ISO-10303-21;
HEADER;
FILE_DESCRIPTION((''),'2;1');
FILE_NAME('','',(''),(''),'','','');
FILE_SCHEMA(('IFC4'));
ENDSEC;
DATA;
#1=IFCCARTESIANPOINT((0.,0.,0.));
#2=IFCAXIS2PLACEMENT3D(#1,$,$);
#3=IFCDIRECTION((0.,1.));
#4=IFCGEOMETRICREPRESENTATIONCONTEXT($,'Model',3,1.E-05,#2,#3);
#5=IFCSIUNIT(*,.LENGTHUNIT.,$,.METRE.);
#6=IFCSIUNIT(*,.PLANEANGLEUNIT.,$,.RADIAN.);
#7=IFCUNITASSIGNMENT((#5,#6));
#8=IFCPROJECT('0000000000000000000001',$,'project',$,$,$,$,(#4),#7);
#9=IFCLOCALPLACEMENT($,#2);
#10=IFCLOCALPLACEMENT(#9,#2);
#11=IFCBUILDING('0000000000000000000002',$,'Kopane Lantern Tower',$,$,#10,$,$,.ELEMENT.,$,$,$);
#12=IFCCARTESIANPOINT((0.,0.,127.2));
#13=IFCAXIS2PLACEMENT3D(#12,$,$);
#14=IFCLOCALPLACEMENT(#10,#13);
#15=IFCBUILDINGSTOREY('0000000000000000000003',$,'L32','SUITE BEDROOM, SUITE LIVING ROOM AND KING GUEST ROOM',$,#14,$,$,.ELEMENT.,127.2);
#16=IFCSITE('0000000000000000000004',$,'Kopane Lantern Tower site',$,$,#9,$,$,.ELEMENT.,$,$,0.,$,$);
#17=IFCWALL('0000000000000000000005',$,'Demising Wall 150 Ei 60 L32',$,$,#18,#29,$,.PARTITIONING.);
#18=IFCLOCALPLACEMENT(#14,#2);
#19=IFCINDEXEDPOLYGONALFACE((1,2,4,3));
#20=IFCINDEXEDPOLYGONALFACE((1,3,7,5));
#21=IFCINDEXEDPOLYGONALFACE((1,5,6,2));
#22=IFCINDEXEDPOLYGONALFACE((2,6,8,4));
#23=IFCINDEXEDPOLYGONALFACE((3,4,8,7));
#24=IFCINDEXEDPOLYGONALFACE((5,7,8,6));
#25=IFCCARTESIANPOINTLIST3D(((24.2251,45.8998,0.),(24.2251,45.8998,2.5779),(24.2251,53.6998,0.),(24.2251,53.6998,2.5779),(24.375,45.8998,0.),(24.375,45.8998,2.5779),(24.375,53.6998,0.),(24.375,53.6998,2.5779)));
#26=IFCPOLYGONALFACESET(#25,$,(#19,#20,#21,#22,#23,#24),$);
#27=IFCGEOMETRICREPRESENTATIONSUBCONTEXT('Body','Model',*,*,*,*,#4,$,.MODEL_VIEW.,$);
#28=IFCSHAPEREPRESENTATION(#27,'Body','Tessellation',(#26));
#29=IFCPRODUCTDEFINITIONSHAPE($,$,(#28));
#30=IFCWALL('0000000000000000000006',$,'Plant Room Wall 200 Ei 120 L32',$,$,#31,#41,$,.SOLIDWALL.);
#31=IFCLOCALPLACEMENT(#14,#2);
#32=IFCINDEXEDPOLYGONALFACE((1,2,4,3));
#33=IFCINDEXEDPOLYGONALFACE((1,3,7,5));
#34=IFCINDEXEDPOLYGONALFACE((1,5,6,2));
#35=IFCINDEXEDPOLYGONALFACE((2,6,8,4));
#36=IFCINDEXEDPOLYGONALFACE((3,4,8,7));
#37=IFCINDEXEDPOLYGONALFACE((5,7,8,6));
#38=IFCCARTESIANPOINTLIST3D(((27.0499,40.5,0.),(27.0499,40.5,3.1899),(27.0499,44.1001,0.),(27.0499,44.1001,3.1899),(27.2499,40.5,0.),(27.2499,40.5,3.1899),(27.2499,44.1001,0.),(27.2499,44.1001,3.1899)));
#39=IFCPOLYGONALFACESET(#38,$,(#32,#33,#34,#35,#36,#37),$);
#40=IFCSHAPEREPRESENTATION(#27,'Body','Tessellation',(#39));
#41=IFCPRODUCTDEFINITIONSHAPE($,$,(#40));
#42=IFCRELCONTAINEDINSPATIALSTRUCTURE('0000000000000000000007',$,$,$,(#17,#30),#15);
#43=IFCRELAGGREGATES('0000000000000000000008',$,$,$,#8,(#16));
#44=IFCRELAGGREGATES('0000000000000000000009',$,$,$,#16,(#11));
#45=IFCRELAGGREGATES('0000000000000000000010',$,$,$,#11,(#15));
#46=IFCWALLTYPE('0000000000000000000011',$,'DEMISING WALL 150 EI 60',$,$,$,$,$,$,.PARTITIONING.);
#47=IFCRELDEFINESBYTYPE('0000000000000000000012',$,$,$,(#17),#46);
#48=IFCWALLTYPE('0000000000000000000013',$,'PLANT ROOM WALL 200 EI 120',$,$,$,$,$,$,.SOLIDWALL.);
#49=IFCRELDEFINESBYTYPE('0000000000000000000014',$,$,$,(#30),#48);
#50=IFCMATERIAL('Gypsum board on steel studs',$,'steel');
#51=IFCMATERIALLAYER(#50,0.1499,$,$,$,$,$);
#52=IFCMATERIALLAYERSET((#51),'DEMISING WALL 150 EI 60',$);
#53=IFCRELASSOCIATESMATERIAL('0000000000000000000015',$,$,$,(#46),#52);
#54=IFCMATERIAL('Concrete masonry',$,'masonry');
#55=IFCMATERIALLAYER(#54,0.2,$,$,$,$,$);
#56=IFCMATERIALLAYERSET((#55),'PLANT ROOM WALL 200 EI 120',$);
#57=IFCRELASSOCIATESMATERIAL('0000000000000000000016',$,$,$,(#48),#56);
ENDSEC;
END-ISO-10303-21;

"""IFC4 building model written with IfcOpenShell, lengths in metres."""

from ifc_helpers import new_model, si_unit, direction, frame, frame_2d, origin, place, context, subcontext, project, spatial, rectangle, extrude, material, layer, layer_set, type_object, element, save


model = new_model("IFC4")

# Units and contexts
model_context = context("Model", 3, precision=1e-05, world=origin(), true_north=direction((0.0, 1.0)))
body_context = subcontext(model_context, "Body", "Model", "MODEL_VIEW")
ifc_project = project(units=[si_unit("LENGTHUNIT", "METRE"), si_unit("PLANEANGLEUNIT", "RADIAN")], contexts=[model_context])

# Site, building, storey
site_placement = place(None, origin())
site = spatial("IfcSite", under=ifc_project, at=site_placement, Name="Kopane Lantern Tower site", CompositionType="ELEMENT", RefElevation=0.0)
building_placement = place(site_placement, origin())
building = spatial("IfcBuilding", under=site, at=building_placement, Name="Kopane Lantern Tower", CompositionType="ELEMENT")
storey_placement = place(building_placement, frame((0.0, 0.0, 127.2)))
storey = spatial("IfcBuildingStorey", under=building, at=storey_placement, Name="L32", Description="SUITE BEDROOM, SUITE LIVING ROOM AND KING GUEST ROOM", CompositionType="ELEMENT", Elevation=127.2)

# Walls
ifc_material_1 = material(Name="Gypsum board on steel studs", Category="steel")
ifc_layer_1 = layer(ifc_material_1, 0.1499)
ifc_layer_set_1 = layer_set([ifc_layer_1], Name="DEMISING WALL 150 EI 60")
wall_type_1 = type_object("IfcWallType", Name="DEMISING WALL 150 EI 60", PredefinedType="PARTITIONING", material=ifc_layer_set_1)
wall_1_placement = place(storey_placement, frame((24.3, 45.8999, 0.0), z_axis=(0.0, 0.0, 1.0), x_axis=(0.0, 1.0, 0.0)))
element("IfcWall", 1, at=wall_1_placement, inside=storey, type_object=wall_type_1, Name="Demising Wall 150 Ei 60 L32", PredefinedType="PARTITIONING", context=body_context, shape_type="SweptSolid", body=[
    extrude(rectangle(XDim=7.8, YDim=0.1499, at=frame_2d((3.8999, 0.0))), origin(), (0.0, 0.0, 1.0), 2.5779),
])
ifc_material_2 = material(Name="Concrete masonry", Category="masonry")
ifc_layer_2 = layer(ifc_material_2, 0.2)
ifc_layer_set_2 = layer_set([ifc_layer_2], Name="PLANT ROOM WALL 200 EI 120")
wall_type_2 = type_object("IfcWallType", Name="PLANT ROOM WALL 200 EI 120", PredefinedType="SOLIDWALL", material=ifc_layer_set_2)
wall_2_placement = place(storey_placement, frame((27.1499, 40.5, 0.0), z_axis=(0.0, 0.0, 1.0), x_axis=(0.0, 1.0, 0.0)))
element("IfcWall", 2, at=wall_2_placement, inside=storey, type_object=wall_type_2, Name="Plant Room Wall 200 Ei 120 L32", PredefinedType="SOLIDWALL", context=body_context, shape_type="SweptSolid", body=[
    extrude(rectangle(XDim=3.6001, YDim=0.2, at=frame_2d((1.8, 0.0))), origin(), (0.0, 0.0, 1.0), 3.1899),
])

save(model, "model.ifc")
